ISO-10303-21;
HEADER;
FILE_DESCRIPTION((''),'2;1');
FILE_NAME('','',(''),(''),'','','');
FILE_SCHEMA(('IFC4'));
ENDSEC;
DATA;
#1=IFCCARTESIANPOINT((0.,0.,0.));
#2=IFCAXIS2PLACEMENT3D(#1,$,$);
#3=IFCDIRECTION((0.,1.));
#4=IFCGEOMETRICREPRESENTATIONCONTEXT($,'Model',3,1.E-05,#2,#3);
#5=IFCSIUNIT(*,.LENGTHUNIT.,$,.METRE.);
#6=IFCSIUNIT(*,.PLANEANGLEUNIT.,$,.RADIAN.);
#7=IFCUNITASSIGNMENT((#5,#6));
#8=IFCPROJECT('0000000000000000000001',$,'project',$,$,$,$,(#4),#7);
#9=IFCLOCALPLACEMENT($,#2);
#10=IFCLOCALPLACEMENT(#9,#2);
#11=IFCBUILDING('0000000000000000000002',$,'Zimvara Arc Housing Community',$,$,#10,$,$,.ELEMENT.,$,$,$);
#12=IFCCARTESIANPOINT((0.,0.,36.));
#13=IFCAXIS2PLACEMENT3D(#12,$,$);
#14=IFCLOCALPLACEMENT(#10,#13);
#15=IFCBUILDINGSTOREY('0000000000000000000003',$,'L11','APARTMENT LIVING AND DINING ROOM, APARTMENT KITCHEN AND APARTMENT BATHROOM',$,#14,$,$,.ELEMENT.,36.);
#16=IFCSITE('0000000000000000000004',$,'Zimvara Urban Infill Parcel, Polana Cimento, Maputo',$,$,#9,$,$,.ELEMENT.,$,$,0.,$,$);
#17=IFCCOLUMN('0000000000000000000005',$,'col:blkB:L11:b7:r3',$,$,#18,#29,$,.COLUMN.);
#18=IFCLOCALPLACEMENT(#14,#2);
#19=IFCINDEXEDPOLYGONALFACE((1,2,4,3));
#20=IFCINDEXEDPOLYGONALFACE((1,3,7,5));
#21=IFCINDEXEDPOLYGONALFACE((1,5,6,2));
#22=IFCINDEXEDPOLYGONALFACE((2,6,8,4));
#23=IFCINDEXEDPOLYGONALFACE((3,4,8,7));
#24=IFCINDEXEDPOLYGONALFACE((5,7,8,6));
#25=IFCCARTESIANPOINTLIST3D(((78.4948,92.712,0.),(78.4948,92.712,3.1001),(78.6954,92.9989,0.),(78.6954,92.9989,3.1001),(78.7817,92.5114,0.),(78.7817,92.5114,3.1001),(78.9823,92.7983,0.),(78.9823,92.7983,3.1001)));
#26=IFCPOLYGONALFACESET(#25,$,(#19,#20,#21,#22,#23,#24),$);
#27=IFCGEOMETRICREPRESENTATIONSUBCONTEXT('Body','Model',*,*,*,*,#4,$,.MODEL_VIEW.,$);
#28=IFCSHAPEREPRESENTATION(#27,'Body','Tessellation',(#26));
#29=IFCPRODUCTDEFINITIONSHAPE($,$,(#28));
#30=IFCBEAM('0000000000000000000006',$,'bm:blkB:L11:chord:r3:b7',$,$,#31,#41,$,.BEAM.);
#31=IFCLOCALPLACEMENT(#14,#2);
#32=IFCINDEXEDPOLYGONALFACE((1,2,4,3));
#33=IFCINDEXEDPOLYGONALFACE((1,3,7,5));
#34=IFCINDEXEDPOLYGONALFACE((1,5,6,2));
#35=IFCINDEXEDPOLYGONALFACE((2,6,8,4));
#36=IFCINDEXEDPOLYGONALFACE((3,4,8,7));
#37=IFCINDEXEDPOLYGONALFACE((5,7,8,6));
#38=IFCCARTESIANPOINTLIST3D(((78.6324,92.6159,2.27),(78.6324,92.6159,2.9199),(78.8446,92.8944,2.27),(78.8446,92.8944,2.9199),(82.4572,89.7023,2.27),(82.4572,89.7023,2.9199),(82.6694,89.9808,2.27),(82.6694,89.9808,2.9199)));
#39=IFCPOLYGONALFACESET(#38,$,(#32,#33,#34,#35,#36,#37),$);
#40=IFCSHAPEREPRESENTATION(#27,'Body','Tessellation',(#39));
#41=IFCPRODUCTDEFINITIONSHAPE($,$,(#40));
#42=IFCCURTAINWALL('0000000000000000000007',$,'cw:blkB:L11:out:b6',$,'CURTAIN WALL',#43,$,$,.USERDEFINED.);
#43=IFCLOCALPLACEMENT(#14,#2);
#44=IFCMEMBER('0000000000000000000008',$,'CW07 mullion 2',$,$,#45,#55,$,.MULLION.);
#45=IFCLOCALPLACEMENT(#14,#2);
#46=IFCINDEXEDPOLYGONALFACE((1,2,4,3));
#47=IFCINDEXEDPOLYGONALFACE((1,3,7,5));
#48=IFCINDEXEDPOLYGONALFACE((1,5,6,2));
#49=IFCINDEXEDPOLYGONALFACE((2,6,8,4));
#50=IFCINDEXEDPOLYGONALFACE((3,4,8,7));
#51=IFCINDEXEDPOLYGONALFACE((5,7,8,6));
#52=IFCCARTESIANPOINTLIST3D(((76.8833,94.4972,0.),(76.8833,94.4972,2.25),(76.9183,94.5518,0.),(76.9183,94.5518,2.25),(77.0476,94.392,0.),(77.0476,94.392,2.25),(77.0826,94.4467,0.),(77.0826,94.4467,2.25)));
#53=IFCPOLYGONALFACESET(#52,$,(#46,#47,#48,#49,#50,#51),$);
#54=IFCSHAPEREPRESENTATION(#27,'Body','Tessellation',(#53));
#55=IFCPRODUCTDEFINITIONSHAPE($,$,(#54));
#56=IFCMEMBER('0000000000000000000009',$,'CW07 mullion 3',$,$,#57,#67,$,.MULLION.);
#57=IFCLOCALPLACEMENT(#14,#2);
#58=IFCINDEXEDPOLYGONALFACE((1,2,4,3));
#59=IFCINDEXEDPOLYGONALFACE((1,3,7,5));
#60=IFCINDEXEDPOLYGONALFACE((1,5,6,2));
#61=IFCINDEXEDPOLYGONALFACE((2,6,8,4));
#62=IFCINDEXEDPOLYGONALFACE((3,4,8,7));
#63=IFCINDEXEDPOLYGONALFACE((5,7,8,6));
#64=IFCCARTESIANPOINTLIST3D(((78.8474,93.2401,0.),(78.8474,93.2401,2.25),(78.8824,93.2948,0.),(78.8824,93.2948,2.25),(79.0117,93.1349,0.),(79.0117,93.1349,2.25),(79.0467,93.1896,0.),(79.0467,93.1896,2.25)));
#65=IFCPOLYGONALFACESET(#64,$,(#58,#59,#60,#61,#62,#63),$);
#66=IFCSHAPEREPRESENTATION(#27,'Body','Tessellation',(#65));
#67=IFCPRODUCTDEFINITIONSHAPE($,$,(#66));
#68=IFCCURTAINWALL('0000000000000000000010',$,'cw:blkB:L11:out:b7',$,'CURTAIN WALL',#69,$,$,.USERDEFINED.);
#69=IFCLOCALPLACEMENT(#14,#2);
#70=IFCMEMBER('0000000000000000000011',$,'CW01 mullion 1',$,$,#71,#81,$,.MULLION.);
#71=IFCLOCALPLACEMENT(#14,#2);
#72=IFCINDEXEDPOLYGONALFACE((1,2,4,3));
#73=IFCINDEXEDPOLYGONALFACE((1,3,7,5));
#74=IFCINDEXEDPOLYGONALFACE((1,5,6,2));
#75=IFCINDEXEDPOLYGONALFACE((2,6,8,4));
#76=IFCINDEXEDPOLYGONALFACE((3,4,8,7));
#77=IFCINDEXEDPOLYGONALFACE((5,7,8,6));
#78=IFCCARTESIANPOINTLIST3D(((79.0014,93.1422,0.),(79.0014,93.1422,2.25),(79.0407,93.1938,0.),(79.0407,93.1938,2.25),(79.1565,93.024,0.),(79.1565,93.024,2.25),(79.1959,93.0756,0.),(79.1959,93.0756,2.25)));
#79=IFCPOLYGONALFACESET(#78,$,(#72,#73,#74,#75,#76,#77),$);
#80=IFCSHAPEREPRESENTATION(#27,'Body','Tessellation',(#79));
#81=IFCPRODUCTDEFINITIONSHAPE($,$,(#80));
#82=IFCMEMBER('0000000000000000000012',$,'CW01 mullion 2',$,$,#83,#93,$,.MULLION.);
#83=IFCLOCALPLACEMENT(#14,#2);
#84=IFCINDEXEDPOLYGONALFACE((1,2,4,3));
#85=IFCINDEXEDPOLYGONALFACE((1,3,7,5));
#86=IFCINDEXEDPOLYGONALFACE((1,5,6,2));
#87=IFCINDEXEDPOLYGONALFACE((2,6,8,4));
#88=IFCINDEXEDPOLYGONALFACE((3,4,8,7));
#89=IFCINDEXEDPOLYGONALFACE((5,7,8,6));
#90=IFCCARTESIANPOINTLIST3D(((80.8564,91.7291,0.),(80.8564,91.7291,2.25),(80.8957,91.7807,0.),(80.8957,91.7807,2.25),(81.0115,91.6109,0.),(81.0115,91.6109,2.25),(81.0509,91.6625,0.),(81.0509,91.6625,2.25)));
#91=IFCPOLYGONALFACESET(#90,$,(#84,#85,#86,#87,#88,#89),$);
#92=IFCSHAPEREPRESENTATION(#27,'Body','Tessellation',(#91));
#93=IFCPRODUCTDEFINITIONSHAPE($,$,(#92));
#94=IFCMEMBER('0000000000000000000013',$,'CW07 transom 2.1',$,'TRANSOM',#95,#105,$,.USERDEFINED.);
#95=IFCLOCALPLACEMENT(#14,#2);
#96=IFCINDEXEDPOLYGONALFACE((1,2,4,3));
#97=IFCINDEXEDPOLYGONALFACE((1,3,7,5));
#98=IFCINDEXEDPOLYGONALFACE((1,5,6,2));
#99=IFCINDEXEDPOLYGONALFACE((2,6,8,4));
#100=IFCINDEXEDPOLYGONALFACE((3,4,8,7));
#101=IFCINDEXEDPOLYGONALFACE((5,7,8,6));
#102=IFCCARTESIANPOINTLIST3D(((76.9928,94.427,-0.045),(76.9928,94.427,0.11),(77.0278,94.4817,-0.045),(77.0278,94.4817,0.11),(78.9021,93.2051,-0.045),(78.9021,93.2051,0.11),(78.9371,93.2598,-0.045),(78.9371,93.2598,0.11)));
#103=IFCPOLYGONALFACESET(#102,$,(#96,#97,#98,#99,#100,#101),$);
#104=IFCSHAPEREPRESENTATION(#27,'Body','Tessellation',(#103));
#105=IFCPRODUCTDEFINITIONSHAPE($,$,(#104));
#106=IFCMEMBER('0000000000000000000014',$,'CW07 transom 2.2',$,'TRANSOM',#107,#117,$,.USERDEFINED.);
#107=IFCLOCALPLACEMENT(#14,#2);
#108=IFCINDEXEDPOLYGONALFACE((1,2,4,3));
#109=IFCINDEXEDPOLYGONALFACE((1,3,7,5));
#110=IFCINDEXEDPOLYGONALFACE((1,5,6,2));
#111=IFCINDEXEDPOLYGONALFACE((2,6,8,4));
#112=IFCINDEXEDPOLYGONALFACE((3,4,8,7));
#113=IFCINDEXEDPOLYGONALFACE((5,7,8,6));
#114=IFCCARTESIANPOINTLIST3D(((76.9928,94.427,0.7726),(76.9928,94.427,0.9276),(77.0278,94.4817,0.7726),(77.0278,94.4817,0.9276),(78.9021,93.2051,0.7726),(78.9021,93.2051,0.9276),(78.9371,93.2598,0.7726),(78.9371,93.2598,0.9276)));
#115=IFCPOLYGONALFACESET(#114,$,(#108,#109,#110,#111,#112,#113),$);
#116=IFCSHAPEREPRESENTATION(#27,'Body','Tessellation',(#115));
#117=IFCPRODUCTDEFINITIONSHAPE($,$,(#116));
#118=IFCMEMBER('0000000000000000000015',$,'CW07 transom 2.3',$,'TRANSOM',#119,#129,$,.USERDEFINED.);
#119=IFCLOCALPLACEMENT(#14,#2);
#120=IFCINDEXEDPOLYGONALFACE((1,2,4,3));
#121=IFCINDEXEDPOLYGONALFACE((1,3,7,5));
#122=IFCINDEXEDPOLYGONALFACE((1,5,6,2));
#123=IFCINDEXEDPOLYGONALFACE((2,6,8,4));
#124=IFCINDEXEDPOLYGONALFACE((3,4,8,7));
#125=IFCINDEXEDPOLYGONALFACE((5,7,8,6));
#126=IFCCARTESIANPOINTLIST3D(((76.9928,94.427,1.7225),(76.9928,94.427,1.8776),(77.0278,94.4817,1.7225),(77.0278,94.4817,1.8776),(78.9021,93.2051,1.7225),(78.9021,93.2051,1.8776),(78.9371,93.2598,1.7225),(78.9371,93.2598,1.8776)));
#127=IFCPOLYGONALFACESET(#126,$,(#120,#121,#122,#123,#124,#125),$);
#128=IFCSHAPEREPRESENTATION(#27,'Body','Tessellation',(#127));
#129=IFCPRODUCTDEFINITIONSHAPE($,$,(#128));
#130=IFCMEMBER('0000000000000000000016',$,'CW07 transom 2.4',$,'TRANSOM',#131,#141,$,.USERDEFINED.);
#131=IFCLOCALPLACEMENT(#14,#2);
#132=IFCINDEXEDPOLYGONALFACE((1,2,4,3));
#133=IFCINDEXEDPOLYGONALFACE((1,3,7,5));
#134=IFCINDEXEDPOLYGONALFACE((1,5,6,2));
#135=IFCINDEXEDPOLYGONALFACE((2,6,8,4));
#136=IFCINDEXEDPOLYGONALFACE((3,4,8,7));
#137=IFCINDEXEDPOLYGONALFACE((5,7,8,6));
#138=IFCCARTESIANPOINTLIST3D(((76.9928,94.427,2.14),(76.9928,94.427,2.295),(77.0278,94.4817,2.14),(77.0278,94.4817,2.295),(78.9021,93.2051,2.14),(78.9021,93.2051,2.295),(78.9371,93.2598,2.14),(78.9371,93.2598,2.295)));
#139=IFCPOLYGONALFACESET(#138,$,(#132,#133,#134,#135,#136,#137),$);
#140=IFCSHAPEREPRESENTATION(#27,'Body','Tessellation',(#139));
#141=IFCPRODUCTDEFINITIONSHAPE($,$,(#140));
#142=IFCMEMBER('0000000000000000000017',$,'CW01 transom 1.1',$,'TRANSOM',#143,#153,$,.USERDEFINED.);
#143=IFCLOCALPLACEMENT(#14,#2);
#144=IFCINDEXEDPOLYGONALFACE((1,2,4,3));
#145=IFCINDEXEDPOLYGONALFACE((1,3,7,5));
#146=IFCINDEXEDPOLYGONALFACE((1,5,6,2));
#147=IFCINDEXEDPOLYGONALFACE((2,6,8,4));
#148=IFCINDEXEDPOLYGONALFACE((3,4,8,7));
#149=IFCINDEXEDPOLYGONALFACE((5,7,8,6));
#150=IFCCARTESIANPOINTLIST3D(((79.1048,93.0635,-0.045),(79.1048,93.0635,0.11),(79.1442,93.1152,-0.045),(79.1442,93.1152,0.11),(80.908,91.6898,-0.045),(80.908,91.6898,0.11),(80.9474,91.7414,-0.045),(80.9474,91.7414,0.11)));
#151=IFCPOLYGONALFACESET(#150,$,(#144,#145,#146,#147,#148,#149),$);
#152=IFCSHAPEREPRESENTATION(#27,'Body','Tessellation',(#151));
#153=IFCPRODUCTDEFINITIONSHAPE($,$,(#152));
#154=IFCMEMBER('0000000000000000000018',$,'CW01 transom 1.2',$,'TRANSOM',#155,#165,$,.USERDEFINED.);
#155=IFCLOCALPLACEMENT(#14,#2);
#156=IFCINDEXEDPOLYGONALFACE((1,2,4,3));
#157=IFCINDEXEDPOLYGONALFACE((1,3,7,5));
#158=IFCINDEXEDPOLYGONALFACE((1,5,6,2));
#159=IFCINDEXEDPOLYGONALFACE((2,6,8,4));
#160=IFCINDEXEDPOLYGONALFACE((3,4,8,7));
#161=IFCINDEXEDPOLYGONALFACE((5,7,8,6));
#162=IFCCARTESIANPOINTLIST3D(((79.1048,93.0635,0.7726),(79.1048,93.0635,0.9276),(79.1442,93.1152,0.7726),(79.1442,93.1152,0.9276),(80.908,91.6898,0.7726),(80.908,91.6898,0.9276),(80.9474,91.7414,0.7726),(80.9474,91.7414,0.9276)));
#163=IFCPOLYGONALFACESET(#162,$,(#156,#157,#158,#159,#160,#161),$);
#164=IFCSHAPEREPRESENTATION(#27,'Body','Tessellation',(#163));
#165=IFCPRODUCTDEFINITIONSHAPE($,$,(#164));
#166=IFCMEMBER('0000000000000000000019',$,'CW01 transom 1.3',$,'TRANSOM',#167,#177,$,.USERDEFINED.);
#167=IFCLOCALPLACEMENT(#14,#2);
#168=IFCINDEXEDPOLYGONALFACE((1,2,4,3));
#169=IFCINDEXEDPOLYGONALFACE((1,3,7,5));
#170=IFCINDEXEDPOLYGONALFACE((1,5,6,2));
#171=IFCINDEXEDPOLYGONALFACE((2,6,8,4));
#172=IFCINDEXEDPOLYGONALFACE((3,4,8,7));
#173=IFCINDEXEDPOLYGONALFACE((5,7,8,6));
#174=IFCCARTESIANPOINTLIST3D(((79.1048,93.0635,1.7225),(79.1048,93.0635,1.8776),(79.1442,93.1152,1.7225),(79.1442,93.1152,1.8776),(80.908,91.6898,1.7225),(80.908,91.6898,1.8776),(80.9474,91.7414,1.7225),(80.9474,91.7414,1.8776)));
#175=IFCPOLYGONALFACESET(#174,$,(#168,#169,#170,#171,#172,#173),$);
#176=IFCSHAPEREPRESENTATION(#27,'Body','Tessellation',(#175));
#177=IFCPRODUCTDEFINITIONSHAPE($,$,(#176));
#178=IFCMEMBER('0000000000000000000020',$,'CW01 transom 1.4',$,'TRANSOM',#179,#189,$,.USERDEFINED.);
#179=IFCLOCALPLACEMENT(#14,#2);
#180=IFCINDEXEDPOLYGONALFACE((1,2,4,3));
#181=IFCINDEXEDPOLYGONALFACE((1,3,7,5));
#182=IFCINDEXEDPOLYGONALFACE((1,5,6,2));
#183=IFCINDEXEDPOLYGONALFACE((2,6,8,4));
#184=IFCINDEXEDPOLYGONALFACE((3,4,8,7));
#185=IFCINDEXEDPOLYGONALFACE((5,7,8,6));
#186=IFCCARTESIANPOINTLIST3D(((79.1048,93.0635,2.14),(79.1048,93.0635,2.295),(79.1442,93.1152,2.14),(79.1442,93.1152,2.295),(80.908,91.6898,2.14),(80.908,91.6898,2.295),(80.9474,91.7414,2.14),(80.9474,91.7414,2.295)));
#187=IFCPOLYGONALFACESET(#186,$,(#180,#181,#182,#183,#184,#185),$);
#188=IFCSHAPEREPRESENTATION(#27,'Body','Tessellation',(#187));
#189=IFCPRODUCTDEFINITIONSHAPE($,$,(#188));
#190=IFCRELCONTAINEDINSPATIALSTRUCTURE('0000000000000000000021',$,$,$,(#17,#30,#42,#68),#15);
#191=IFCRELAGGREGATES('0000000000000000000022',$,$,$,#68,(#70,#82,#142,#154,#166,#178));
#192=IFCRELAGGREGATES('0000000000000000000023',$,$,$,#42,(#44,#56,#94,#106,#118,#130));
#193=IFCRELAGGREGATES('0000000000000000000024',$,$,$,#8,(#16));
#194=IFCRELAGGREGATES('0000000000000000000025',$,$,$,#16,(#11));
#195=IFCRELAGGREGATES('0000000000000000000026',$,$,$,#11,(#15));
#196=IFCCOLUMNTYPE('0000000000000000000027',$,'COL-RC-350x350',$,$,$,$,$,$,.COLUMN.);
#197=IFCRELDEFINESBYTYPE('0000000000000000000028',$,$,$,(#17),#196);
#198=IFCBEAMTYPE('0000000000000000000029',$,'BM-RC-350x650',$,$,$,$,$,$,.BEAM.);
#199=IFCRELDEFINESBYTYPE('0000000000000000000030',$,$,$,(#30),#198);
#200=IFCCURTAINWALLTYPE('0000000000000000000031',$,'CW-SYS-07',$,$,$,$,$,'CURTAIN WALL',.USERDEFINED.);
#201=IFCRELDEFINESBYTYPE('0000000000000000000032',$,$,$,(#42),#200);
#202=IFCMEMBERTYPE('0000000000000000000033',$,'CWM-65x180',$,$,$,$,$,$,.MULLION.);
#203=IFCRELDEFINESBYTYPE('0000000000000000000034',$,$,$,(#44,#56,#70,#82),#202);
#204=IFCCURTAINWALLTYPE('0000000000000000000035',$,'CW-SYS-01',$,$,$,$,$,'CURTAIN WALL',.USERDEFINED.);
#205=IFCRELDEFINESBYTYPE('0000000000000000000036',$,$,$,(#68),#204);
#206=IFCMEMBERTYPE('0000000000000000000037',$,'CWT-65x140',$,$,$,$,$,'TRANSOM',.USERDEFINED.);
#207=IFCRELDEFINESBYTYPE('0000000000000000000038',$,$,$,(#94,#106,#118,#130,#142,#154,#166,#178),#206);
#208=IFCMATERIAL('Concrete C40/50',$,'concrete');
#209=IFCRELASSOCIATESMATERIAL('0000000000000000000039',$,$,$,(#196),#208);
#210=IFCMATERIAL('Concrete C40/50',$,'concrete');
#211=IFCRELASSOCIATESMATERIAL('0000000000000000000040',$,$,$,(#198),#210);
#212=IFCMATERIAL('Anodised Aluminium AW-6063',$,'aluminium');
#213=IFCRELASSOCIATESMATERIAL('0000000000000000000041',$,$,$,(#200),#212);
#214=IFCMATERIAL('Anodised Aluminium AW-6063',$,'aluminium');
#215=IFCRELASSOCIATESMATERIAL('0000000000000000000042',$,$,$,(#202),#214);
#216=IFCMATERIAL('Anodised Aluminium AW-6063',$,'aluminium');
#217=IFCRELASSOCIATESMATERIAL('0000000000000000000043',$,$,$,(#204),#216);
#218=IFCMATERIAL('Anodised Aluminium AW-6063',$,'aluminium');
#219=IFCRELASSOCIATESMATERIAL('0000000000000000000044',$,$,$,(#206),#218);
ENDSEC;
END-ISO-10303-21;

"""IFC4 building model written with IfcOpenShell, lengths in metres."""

from ifc_helpers import new_model, si_unit, direction, frame, origin, origin_2d, place, context, subcontext, project, spatial, rectangle, extrude, material, material_profile, profile_set, type_object, element, aggregate, save


model = new_model("IFC4")

# Units and contexts
model_context = context("Model", 3, precision=1e-05, world=origin(), true_north=direction((0.0, 1.0)))
body_context = subcontext(model_context, "Body", "Model", "MODEL_VIEW")
ifc_project = project(units=[si_unit("LENGTHUNIT", "METRE"), si_unit("PLANEANGLEUNIT", "RADIAN")], contexts=[model_context])

# Site, building, storey
site_placement = place(None, origin())
site = spatial("IfcSite", under=ifc_project, at=site_placement, Name="Zimvara Urban Infill Parcel, Polana Cimento, Maputo", CompositionType="ELEMENT", RefElevation=0.0)
building_placement = place(site_placement, origin())
building = spatial("IfcBuilding", under=site, at=building_placement, Name="Zimvara Arc Housing Community", CompositionType="ELEMENT")
storey_placement = place(building_placement, frame((0.0, 0.0, 36.0)))
storey = spatial("IfcBuildingStorey", under=building, at=storey_placement, Name="L11", Description="APARTMENT LIVING AND DINING ROOM, APARTMENT KITCHEN AND APARTMENT BATHROOM", CompositionType="ELEMENT", Elevation=36.0)

# Column
ifc_material_1 = material(Name="Concrete C40/50", Category="concrete")
ifc_material_profile_1 = material_profile(ifc_material_1, rectangle(XDim=0.3501, YDim=0.3501, at=origin_2d()), Name="RC 350x350")
ifc_profile_set_1 = profile_set([ifc_material_profile_1], Name="Concrete C40/50")
column_type = type_object("IfcColumnType", Name="COL-RC-350x350", PredefinedType="COLUMN", material=ifc_profile_set_1)
column_placement = place(storey_placement, frame((78.7385, 92.7551, 0.0), z_axis=(0.0, 0.0, 1.0), x_axis=(0.573004, 0.819552, 0.0)))
element("IfcColumn", 1, at=column_placement, inside=storey, type_object=column_type, Name="col:blkB:L11:b7:r3", PredefinedType="COLUMN", context=body_context, shape_type="SweptSolid", body=[
    extrude(rectangle(XDim=0.3501, YDim=0.3501, at=origin_2d()), origin(), (0.0, 0.0, 1.0), 3.1001),
])

# Beam
ifc_material_2 = material(Name="Concrete C40/50", Category="concrete")
ifc_material_profile_2 = material_profile(ifc_material_2, rectangle(XDim=0.3501, YDim=0.6499, at=origin_2d()), Name="RC 350x650")
ifc_profile_set_2 = profile_set([ifc_material_profile_2], Name="Concrete C40/50")
beam_type = type_object("IfcBeamType", Name="BM-RC-350x650", PredefinedType="BEAM", material=ifc_profile_set_2)
beam_placement = place(storey_placement, frame((78.7385, 92.7551, 2.595), z_axis=(0.795481, -0.605979, 0.0), x_axis=(0.605979, 0.795481, 0.0)))
element("IfcBeam", 2, at=beam_placement, inside=storey, type_object=beam_type, Name="bm:blkB:L11:chord:r3:b7", PredefinedType="BEAM", context=body_context, shape_type="SweptSolid", body=[
    extrude(rectangle(XDim=0.3501, YDim=0.6499, at=origin_2d()), origin(), (0.0, 0.0, 1.0), 4.8081),
])

# Curtain walls, members
ifc_material_3 = material(Name="Anodised Aluminium AW-6063", Category="aluminium")
curtain_wall_type_1 = type_object("IfcCurtainWallType", Name="CW-SYS-07", ElementType="CURTAIN WALL", PredefinedType="USERDEFINED", material=ifc_material_3)
curtain_wall_1_placement = place(storey_placement, origin())
curtain_wall_1 = element("IfcCurtainWall", 3, at=curtain_wall_1_placement, inside=storey, type_object=curtain_wall_type_1, Name="cw:blkB:L11:out:b6", ObjectType="CURTAIN WALL", PredefinedType="USERDEFINED")
ifc_material_4 = material(Name="Anodised Aluminium AW-6063", Category="aluminium")
ifc_material_profile_3 = material_profile(ifc_material_4, rectangle(XDim=0.0649, YDim=0.1951, at=origin_2d()), Name="ALU 65x195")
ifc_profile_set_3 = profile_set([ifc_material_profile_3], Name="Anodised Aluminium AW-6063")
member_type_1 = type_object("IfcMemberType", Name="CWM-65x180", PredefinedType="MULLION", material=ifc_profile_set_3)
member_1_placement = place(storey_placement, frame((76.9829, 94.4719, 0.0), z_axis=(0.0, 0.0, 1.0), x_axis=(0.539065, 0.842264, 0.0)))
member_1 = element("IfcMember", 4, at=member_1_placement, type_object=member_type_1, Name="CW07 mullion 2", PredefinedType="MULLION", context=body_context, shape_type="SweptSolid", body=[
    extrude(rectangle(XDim=0.0649, YDim=0.1951, at=origin_2d()), origin(), (0.0, 0.0, 1.0), 2.25),
])
member_2_placement = place(storey_placement, frame((78.947, 93.2148, 0.0), z_axis=(0.0, 0.0, 1.0), x_axis=(0.539065, 0.842264, 0.0)))
member_2 = element("IfcMember", 5, at=member_2_placement, type_object=member_type_1, Name="CW07 mullion 3", PredefinedType="MULLION", context=body_context, shape_type="SweptSolid", body=[
    extrude(rectangle(XDim=0.0649, YDim=0.1951, at=origin_2d()), origin(), (0.0, 0.0, 1.0), 2.25),
])
ifc_material_5 = material(Name="Anodised Aluminium AW-6063", Category="aluminium")
curtain_wall_type_2 = type_object("IfcCurtainWallType", Name="CW-SYS-01", ElementType="CURTAIN WALL", PredefinedType="USERDEFINED", material=ifc_material_5)
curtain_wall_2_placement = place(storey_placement, origin())
curtain_wall_2 = element("IfcCurtainWall", 6, at=curtain_wall_2_placement, inside=storey, type_object=curtain_wall_type_2, Name="cw:blkB:L11:out:b7", ObjectType="CURTAIN WALL", PredefinedType="USERDEFINED")
member_3_placement = place(storey_placement, frame((79.0986, 93.1089, 0.0), z_axis=(0.0, 0.0, 1.0), x_axis=(0.605988, 0.795474, 0.0)))
member_3 = element("IfcMember", 7, at=member_3_placement, type_object=member_type_1, Name="CW01 mullion 1", PredefinedType="MULLION", context=body_context, shape_type="SweptSolid", body=[
    extrude(rectangle(XDim=0.0649, YDim=0.1951, at=origin_2d()), origin(), (0.0, 0.0, 1.0), 2.25),
])
member_4_placement = place(storey_placement, frame((80.9536, 91.6958, 0.0), z_axis=(0.0, 0.0, 1.0), x_axis=(0.605988, 0.795474, 0.0)))
member_4 = element("IfcMember", 8, at=member_4_placement, type_object=member_type_1, Name="CW01 mullion 2", PredefinedType="MULLION", context=body_context, shape_type="SweptSolid", body=[
    extrude(rectangle(XDim=0.0649, YDim=0.1951, at=origin_2d()), origin(), (0.0, 0.0, 1.0), 2.25),
])

# Members
ifc_material_6 = material(Name="Anodised Aluminium AW-6063", Category="aluminium")
ifc_material_profile_4 = material_profile(ifc_material_6, rectangle(XDim=0.0649, YDim=0.155, at=origin_2d()), Name="ALU 65x155")
ifc_profile_set_4 = profile_set([ifc_material_profile_4], Name="Anodised Aluminium AW-6063")
member_type_2 = type_object("IfcMemberType", Name="CWT-65x140", ElementType="TRANSOM", PredefinedType="USERDEFINED", material=ifc_profile_set_4)
member_5_placement = place(storey_placement, frame((77.0103, 94.4543, 0.0325), z_axis=(0.842293, -0.53902, 0.0), x_axis=(0.53902, 0.842293, 0.0)))
member_5 = element("IfcMember", 9, at=member_5_placement, type_object=member_type_2, Name="CW07 transom 2.1", ObjectType="TRANSOM", PredefinedType="USERDEFINED", context=body_context, shape_type="SweptSolid", body=[
    extrude(rectangle(XDim=0.0649, YDim=0.155, at=origin_2d()), origin(), (0.0, 0.0, 1.0), 2.2668),
])
member_6_placement = place(storey_placement, frame((77.0103, 94.4543, 0.8501), z_axis=(0.842293, -0.53902, 0.0), x_axis=(0.53902, 0.842293, 0.0)))
member_6 = element("IfcMember", 10, at=member_6_placement, type_object=member_type_2, Name="CW07 transom 2.2", ObjectType="TRANSOM", PredefinedType="USERDEFINED", context=body_context, shape_type="SweptSolid", body=[
    extrude(rectangle(XDim=0.0649, YDim=0.155, at=origin_2d()), origin(), (0.0, 0.0, 1.0), 2.2668),
])
member_7_placement = place(storey_placement, frame((77.0103, 94.4543, 1.8), z_axis=(0.842293, -0.53902, 0.0), x_axis=(0.53902, 0.842293, 0.0)))
member_7 = element("IfcMember", 11, at=member_7_placement, type_object=member_type_2, Name="CW07 transom 2.3", ObjectType="TRANSOM", PredefinedType="USERDEFINED", context=body_context, shape_type="SweptSolid", body=[
    extrude(rectangle(XDim=0.0649, YDim=0.155, at=origin_2d()), origin(), (0.0, 0.0, 1.0), 2.2668),
])
member_8_placement = place(storey_placement, frame((77.0103, 94.4543, 2.2175), z_axis=(0.842293, -0.53902, 0.0), x_axis=(0.53902, 0.842293, 0.0)))
member_8 = element("IfcMember", 12, at=member_8_placement, type_object=member_type_2, Name="CW07 transom 2.4", ObjectType="TRANSOM", PredefinedType="USERDEFINED", context=body_context, shape_type="SweptSolid", body=[
    extrude(rectangle(XDim=0.0649, YDim=0.155, at=origin_2d()), origin(), (0.0, 0.0, 1.0), 2.2668),
])
member_9_placement = place(storey_placement, frame((79.1245, 93.0894, 0.0325), z_axis=(0.795454, -0.606014, 0.0), x_axis=(0.606014, 0.795454, 0.0)))
member_9 = element("IfcMember", 13, at=member_9_placement, type_object=member_type_2, Name="CW01 transom 1.1", ObjectType="TRANSOM", PredefinedType="USERDEFINED", context=body_context, shape_type="SweptSolid", body=[
    extrude(rectangle(XDim=0.0649, YDim=0.155, at=origin_2d()), origin(), (0.0, 0.0, 1.0), 2.2668),
])
member_10_placement = place(storey_placement, frame((79.1245, 93.0894, 0.8501), z_axis=(0.795454, -0.606014, 0.0), x_axis=(0.606014, 0.795454, 0.0)))
member_10 = element("IfcMember", 14, at=member_10_placement, type_object=member_type_2, Name="CW01 transom 1.2", ObjectType="TRANSOM", PredefinedType="USERDEFINED", context=body_context, shape_type="SweptSolid", body=[
    extrude(rectangle(XDim=0.0649, YDim=0.155, at=origin_2d()), origin(), (0.0, 0.0, 1.0), 2.2668),
])
member_11_placement = place(storey_placement, frame((79.1245, 93.0894, 1.8), z_axis=(0.795454, -0.606014, 0.0), x_axis=(0.606014, 0.795454, 0.0)))
member_11 = element("IfcMember", 15, at=member_11_placement, type_object=member_type_2, Name="CW01 transom 1.3", ObjectType="TRANSOM", PredefinedType="USERDEFINED", context=body_context, shape_type="SweptSolid", body=[
    extrude(rectangle(XDim=0.0649, YDim=0.155, at=origin_2d()), origin(), (0.0, 0.0, 1.0), 2.2668),
])
member_12_placement = place(storey_placement, frame((79.1245, 93.0894, 2.2175), z_axis=(0.795454, -0.606014, 0.0), x_axis=(0.606014, 0.795454, 0.0)))
member_12 = element("IfcMember", 16, at=member_12_placement, type_object=member_type_2, Name="CW01 transom 1.4", ObjectType="TRANSOM", PredefinedType="USERDEFINED", context=body_context, shape_type="SweptSolid", body=[
    extrude(rectangle(XDim=0.0649, YDim=0.155, at=origin_2d()), origin(), (0.0, 0.0, 1.0), 2.2668),
])

aggregate(curtain_wall_2, [member_3, member_4, member_9, member_10, member_11, member_12])
aggregate(curtain_wall_1, [member_1, member_2, member_5, member_6, member_7, member_8])

save(model, "model.ifc")
